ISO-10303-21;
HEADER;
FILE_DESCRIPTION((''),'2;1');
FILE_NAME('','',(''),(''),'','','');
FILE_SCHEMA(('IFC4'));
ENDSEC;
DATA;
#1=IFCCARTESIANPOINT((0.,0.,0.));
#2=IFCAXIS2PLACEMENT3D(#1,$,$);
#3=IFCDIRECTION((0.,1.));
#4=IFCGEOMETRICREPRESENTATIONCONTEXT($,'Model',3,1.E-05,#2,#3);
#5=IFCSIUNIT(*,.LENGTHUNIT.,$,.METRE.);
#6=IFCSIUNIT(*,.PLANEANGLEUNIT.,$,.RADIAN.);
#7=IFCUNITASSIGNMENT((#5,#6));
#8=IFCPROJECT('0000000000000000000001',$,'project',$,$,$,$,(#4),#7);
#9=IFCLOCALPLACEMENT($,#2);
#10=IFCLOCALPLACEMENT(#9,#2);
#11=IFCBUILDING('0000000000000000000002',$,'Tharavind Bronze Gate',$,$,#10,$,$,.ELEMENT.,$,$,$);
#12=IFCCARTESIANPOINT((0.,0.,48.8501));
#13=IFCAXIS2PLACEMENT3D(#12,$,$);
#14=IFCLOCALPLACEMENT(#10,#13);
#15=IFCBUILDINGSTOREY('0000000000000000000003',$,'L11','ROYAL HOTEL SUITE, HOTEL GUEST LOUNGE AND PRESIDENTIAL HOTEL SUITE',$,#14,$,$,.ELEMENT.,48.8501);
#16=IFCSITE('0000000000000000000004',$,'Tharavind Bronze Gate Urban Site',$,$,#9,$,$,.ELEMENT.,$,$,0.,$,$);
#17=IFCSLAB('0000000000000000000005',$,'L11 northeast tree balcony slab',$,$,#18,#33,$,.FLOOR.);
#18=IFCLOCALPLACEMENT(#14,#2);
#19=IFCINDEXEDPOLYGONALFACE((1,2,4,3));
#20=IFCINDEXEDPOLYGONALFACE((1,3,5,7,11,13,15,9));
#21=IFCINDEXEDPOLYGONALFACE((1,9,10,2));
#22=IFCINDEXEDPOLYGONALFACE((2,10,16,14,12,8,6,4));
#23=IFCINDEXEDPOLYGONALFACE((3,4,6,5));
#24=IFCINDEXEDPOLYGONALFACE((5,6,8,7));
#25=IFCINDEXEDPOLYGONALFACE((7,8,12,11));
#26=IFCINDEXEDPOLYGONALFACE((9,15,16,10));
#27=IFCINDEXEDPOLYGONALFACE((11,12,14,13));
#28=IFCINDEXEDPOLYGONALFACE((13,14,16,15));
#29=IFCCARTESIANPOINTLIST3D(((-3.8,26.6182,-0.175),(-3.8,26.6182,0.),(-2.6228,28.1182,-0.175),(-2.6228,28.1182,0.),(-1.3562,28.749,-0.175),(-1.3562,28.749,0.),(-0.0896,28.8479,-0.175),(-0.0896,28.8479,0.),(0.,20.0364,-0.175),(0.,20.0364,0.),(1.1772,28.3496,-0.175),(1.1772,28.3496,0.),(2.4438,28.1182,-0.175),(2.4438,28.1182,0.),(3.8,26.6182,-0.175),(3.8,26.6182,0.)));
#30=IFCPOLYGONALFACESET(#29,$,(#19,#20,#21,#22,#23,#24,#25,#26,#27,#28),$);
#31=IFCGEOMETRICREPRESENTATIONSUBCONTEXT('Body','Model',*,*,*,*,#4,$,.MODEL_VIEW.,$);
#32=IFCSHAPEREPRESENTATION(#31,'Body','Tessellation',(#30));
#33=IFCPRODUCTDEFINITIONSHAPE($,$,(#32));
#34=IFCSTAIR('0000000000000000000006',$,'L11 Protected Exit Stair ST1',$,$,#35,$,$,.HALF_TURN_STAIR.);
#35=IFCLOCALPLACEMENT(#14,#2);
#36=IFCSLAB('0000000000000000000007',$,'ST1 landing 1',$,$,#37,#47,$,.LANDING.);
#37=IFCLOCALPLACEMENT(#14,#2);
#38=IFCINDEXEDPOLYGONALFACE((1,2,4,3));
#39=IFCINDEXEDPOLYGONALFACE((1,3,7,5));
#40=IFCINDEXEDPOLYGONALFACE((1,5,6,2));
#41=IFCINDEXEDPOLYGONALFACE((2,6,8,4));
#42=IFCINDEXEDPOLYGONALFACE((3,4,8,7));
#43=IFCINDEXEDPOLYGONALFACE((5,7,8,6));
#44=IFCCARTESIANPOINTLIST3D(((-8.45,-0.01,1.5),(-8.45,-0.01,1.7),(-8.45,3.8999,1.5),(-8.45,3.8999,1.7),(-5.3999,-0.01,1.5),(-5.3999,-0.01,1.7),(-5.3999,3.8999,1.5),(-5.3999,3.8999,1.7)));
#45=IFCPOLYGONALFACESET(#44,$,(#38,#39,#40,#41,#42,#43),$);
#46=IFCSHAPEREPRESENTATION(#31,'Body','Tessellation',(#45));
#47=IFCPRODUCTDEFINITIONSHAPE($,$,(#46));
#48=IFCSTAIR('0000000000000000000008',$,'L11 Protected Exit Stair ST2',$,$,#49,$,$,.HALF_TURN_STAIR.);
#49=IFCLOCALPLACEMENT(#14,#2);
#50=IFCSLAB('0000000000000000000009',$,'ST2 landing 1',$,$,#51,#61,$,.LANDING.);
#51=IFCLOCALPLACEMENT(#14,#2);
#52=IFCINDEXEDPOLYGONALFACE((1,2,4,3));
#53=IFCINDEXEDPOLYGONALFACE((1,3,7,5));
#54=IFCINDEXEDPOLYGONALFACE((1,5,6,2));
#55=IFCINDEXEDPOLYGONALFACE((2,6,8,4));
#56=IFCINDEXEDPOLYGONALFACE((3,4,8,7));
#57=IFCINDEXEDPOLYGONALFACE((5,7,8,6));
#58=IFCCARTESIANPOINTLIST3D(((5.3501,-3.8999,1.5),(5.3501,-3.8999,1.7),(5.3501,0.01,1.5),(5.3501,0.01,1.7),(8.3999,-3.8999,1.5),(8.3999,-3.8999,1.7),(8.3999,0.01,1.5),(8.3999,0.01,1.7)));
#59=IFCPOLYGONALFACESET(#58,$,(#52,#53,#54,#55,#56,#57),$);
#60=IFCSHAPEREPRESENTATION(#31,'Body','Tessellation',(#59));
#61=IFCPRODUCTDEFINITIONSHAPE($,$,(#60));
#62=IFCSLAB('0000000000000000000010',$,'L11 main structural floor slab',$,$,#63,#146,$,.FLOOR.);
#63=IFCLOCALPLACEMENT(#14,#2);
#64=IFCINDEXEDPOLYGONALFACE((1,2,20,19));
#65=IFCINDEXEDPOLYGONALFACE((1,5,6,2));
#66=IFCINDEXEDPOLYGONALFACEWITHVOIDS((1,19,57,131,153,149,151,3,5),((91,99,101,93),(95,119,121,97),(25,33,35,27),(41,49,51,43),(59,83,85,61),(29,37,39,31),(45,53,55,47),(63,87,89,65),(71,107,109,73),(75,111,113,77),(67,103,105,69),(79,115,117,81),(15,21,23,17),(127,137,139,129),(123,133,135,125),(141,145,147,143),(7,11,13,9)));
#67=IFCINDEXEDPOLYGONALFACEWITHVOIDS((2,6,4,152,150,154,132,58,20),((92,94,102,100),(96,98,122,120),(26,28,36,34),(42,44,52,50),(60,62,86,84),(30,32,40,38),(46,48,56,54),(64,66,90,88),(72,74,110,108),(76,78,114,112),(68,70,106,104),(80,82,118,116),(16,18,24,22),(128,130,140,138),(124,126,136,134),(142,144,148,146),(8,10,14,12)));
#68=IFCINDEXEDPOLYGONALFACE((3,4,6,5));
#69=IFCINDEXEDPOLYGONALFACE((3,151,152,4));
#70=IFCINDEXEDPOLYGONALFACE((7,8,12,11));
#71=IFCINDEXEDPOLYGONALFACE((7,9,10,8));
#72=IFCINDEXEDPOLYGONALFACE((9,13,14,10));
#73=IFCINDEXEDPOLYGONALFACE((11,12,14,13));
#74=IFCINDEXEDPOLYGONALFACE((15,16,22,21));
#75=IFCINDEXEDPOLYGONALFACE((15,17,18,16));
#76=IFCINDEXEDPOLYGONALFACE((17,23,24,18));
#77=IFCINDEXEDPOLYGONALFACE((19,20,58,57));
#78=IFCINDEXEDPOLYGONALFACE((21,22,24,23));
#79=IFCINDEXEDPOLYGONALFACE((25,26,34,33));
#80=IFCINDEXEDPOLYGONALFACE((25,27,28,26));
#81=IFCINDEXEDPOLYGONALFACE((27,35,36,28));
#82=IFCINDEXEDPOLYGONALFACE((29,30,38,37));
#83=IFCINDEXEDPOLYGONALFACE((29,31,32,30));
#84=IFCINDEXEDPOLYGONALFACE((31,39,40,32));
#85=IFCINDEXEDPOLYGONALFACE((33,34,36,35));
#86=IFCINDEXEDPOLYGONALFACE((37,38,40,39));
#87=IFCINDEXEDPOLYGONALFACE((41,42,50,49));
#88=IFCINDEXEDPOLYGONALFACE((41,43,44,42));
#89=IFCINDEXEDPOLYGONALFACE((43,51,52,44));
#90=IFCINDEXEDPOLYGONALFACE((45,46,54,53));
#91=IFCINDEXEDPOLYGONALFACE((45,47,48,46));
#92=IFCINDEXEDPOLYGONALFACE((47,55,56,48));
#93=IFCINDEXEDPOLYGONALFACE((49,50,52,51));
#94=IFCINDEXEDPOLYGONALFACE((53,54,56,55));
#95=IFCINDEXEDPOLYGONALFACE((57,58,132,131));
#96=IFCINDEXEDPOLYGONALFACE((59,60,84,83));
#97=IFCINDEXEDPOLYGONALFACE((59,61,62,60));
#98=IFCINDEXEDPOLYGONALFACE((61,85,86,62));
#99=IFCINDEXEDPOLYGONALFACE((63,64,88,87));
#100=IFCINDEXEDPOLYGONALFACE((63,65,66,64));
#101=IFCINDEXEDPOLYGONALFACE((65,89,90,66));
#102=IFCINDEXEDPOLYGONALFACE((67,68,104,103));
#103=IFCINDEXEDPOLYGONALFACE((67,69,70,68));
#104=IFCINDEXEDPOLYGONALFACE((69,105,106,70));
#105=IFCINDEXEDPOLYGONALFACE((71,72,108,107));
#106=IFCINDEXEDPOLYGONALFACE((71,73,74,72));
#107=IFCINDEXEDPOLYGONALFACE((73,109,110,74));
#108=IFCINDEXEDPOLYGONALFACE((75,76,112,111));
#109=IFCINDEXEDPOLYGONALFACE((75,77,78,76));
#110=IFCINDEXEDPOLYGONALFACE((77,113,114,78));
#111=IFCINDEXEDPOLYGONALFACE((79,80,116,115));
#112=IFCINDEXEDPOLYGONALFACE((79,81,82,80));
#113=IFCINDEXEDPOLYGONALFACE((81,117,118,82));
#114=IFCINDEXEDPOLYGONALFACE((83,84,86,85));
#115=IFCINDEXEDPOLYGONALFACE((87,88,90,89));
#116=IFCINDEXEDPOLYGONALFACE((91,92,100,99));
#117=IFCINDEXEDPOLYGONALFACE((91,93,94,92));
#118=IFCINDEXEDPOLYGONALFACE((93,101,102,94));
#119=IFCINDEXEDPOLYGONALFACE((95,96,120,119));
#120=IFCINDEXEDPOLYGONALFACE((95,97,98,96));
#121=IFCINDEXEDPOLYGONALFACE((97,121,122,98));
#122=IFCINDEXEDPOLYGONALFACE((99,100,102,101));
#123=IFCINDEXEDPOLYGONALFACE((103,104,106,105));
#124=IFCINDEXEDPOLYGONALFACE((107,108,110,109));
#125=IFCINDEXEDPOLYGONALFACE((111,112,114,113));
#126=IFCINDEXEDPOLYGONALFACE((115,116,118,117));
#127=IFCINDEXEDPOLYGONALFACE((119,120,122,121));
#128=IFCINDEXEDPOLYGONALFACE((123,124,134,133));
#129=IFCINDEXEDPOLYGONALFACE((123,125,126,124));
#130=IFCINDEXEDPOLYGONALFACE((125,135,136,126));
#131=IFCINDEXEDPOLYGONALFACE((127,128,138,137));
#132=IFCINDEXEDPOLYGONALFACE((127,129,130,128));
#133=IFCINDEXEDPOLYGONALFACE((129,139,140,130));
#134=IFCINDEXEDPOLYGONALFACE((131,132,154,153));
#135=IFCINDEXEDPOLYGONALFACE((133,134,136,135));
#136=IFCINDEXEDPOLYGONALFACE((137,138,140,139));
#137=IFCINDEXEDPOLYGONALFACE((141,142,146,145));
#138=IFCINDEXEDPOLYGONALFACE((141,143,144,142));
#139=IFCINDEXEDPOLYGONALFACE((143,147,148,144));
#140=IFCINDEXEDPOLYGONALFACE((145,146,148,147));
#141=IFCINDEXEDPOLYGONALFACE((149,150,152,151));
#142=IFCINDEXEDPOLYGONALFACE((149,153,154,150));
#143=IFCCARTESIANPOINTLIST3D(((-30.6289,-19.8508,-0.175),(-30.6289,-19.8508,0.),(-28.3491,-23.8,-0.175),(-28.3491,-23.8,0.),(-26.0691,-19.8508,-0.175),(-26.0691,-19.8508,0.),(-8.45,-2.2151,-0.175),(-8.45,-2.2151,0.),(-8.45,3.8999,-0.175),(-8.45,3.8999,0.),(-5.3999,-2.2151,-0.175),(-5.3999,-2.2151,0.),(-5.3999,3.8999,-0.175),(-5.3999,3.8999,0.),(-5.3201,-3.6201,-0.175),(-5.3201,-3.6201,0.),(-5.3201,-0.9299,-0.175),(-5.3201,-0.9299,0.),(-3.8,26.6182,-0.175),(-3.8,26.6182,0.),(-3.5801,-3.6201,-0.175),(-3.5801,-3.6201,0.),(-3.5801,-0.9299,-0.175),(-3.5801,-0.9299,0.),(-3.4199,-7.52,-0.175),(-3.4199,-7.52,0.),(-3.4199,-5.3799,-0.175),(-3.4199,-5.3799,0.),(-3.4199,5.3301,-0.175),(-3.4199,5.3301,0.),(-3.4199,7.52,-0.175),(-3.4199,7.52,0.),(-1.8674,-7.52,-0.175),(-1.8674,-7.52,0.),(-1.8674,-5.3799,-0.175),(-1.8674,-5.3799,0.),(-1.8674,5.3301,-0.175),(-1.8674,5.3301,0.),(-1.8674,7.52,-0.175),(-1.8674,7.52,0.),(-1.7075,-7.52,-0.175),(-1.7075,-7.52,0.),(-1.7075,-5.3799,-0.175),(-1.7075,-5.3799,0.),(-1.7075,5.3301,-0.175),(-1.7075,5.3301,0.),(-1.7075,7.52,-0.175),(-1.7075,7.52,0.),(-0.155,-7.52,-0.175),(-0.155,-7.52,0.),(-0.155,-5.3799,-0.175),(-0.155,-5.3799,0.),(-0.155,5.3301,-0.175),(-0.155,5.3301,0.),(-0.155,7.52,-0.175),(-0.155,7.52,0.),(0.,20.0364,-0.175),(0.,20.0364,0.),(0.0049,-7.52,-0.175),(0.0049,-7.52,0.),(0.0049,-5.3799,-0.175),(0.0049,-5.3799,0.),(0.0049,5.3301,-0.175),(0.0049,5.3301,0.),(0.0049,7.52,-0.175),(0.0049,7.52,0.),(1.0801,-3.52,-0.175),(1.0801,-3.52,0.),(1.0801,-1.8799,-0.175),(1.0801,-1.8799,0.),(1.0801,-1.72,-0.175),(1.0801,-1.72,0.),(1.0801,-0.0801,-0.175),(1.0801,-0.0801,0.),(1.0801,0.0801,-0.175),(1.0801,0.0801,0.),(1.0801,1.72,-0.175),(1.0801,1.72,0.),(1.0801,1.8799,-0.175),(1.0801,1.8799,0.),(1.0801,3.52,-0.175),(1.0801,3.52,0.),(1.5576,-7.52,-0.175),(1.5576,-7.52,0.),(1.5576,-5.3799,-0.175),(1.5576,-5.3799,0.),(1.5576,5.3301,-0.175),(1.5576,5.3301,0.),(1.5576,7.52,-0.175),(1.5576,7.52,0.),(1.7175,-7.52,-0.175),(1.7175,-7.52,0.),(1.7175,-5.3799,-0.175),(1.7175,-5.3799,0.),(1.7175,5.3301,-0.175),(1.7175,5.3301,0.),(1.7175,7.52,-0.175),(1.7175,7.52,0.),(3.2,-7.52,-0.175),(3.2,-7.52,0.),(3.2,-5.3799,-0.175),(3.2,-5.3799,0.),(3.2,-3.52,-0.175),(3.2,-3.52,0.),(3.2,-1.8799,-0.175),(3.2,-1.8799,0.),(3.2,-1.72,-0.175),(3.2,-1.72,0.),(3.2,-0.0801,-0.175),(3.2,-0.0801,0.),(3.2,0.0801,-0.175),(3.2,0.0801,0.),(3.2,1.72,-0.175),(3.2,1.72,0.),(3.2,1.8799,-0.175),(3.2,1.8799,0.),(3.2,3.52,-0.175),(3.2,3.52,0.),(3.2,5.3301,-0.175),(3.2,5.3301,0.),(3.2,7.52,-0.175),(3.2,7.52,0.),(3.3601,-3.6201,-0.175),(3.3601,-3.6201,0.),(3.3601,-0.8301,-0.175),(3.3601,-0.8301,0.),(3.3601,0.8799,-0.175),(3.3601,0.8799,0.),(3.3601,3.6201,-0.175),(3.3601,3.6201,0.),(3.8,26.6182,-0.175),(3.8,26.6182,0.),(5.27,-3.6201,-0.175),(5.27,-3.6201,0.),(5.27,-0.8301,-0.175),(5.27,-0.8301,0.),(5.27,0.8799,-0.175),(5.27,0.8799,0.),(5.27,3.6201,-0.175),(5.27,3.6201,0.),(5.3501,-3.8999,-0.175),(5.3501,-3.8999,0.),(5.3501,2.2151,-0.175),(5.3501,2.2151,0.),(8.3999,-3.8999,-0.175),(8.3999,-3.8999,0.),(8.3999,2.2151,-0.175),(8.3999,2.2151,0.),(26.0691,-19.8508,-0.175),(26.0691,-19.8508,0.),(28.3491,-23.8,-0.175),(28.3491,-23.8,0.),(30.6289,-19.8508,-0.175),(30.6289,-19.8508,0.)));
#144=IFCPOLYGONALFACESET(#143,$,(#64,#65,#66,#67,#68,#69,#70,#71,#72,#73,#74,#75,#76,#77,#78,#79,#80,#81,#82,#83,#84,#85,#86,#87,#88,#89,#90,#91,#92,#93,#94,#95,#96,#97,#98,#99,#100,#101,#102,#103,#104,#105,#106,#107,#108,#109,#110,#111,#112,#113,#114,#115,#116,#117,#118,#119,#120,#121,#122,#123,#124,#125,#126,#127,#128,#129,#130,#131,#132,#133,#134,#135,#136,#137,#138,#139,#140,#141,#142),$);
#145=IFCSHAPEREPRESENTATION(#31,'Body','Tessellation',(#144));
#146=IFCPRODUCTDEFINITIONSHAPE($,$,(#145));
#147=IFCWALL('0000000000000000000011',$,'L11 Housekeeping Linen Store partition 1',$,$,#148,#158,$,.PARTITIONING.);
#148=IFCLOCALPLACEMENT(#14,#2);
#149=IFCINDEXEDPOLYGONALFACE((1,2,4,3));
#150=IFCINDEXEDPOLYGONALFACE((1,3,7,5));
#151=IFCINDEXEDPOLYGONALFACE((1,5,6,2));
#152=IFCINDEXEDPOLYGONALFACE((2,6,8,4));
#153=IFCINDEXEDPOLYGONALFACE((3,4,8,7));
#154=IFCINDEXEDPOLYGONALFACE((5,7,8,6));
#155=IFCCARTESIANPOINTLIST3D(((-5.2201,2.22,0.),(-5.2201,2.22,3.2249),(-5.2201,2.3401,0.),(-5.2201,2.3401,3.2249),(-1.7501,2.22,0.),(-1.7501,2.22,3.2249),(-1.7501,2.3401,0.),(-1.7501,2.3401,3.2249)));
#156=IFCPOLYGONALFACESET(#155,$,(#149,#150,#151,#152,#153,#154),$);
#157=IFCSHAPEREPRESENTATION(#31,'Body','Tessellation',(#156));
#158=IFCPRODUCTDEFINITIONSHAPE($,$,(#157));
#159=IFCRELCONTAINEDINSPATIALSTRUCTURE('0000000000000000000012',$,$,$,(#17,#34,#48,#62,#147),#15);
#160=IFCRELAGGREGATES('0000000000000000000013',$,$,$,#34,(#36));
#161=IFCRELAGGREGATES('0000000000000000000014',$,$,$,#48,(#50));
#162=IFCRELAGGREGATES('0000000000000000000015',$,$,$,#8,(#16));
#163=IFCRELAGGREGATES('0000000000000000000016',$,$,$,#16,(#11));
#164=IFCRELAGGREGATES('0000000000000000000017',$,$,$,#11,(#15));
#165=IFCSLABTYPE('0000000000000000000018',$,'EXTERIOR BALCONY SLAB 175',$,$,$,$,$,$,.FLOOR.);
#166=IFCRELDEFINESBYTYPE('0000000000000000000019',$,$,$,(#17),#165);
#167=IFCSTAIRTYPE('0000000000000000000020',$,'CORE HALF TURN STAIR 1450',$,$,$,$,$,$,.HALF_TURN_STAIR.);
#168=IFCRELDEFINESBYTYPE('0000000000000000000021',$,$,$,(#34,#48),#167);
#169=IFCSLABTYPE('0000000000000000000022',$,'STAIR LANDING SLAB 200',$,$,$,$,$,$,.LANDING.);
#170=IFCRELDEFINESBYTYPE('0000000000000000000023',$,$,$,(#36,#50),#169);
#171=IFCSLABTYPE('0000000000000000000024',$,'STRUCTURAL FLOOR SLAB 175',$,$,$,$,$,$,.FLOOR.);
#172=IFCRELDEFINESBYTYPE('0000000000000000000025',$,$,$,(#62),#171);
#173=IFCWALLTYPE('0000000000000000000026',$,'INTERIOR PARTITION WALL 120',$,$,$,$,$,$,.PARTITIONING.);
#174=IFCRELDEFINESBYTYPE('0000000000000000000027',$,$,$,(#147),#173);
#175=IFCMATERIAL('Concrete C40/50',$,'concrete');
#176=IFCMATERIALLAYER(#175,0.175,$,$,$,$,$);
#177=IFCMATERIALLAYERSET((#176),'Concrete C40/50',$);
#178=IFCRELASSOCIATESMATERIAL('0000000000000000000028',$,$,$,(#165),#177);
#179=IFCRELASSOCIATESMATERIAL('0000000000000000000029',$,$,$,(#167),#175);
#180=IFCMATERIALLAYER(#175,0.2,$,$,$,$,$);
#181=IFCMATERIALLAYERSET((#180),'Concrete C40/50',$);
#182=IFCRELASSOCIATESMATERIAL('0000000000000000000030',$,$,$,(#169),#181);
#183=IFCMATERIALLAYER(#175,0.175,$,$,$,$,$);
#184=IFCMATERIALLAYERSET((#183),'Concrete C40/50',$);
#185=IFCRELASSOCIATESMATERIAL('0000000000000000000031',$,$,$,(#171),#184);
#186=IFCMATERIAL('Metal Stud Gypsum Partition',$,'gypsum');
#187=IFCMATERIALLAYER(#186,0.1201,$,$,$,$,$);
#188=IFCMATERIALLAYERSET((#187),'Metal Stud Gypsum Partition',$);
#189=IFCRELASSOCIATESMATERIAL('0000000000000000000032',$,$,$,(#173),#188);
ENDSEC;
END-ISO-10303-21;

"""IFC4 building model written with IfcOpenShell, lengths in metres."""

from ifc_helpers import new_model, si_unit, direction, frame, frame_2d, origin, place, context, subcontext, project, spatial, polyline, rectangle, outline, extrude, material, layer, layer_set, type_object, element, aggregate, save


model = new_model("IFC4")

# Units and contexts
model_context = context("Model", 3, precision=1e-05, world=origin(), true_north=direction((0.0, 1.0)))
body_context = subcontext(model_context, "Body", "Model", "MODEL_VIEW")
ifc_project = project(units=[si_unit("LENGTHUNIT", "METRE"), si_unit("PLANEANGLEUNIT", "RADIAN")], contexts=[model_context])

# Site, building, storey
site_placement = place(None, origin())
site = spatial("IfcSite", under=ifc_project, at=site_placement, Name="Tharavind Bronze Gate Urban Site", CompositionType="ELEMENT", RefElevation=0.0)
building_placement = place(site_placement, origin())
building = spatial("IfcBuilding", under=site, at=building_placement, Name="Tharavind Bronze Gate", CompositionType="ELEMENT")
storey_placement = place(building_placement, frame((0.0, 0.0, 48.8501)))
storey = spatial("IfcBuildingStorey", under=building, at=storey_placement, Name="L11", Description="ROYAL HOTEL SUITE, HOTEL GUEST LOUNGE AND PRESIDENTIAL HOTEL SUITE", CompositionType="ELEMENT", Elevation=48.8501)

# Slab
ifc_material_1 = material(Name="Concrete C40/50", Category="concrete")
ifc_layer_1 = layer(ifc_material_1, 0.175)
ifc_layer_set_1 = layer_set([ifc_layer_1], Name="Concrete C40/50")
slab_type_1 = type_object("IfcSlabType", Name="EXTERIOR BALCONY SLAB 175", PredefinedType="FLOOR", material=ifc_layer_set_1)
slab_1_placement = place(storey_placement, frame((0.0, 0.0, -0.175)))
element("IfcSlab", 1, at=slab_1_placement, inside=storey, type_object=slab_type_1, Name="L11 northeast tree balcony slab", PredefinedType="FLOOR", context=body_context, shape_type="SweptSolid", body=[
    extrude(outline(polyline([(2.4438, 28.1182), (1.1772, 28.3496), (-0.0896, 28.8479), (-1.3562, 28.749), (-2.6228, 28.1182), (-3.8, 26.6182), (0.0, 20.0364), (3.8, 26.6182), (2.4438, 28.1182)])), origin(), (0.0, 0.0, 1.0), 0.175),
])

# Stairs, slabs
stair_type = type_object("IfcStairType", Name="CORE HALF TURN STAIR 1450", PredefinedType="HALF_TURN_STAIR", material=ifc_material_1)
stair_1_placement = place(storey_placement, origin())
stair_1 = element("IfcStair", 2, at=stair_1_placement, inside=storey, type_object=stair_type, Name="L11 Protected Exit Stair ST1", PredefinedType="HALF_TURN_STAIR")
ifc_layer_2 = layer(ifc_material_1, 0.2)
ifc_layer_set_2 = layer_set([ifc_layer_2], Name="Concrete C40/50")
slab_type_2 = type_object("IfcSlabType", Name="STAIR LANDING SLAB 200", PredefinedType="LANDING", material=ifc_layer_set_2)
slab_2_placement = place(storey_placement, frame((0.0, 0.0, 1.5)))
slab_2 = element("IfcSlab", 3, at=slab_2_placement, type_object=slab_type_2, Name="ST1 landing 1", PredefinedType="LANDING", context=body_context, shape_type="SweptSolid", body=[
    extrude(outline(polyline([(-5.3999, -0.01), (-5.3999, 3.8999), (-8.45, 3.8999), (-8.45, -0.01), (-5.3999, -0.01)])), origin(), (0.0, 0.0, 1.0), 0.2),
])
aggregate(stair_1, [slab_2])
stair_2_placement = place(storey_placement, origin())
stair_2 = element("IfcStair", 4, at=stair_2_placement, inside=storey, type_object=stair_type, Name="L11 Protected Exit Stair ST2", PredefinedType="HALF_TURN_STAIR")
slab_3_placement = place(storey_placement, frame((0.0, 0.0, 1.5)))
slab_3 = element("IfcSlab", 5, at=slab_3_placement, type_object=slab_type_2, Name="ST2 landing 1", PredefinedType="LANDING", context=body_context, shape_type="SweptSolid", body=[
    extrude(outline(polyline([(5.3501, 0.01), (5.3501, -3.8999), (8.3999, -3.8999), (8.3999, 0.01), (5.3501, 0.01)])), origin(), (0.0, 0.0, 1.0), 0.2),
])
aggregate(stair_2, [slab_3])

# Slab
ifc_layer_3 = layer(ifc_material_1, 0.175)
ifc_layer_set_3 = layer_set([ifc_layer_3], Name="Concrete C40/50")
slab_type_3 = type_object("IfcSlabType", Name="STRUCTURAL FLOOR SLAB 175", PredefinedType="FLOOR", material=ifc_layer_set_3)
slab_4_placement = place(storey_placement, frame((0.0, 0.0, -0.175)))
element("IfcSlab", 6, at=slab_4_placement, inside=storey, type_object=slab_type_3, Name="L11 main structural floor slab", PredefinedType="FLOOR", context=body_context, shape_type="SweptSolid", body=[
    extrude(outline(polyline([(3.8, 26.6182), (0.0, 20.0364), (-3.8, 26.6182), (-30.6289, -19.8508), (-26.0691, -19.8508), (-28.3491, -23.8), (28.3491, -23.8), (26.0691, -19.8508), (30.6289, -19.8508), (3.8, 26.6182)]), holes=[polyline([(-5.3999, -2.2151), (-5.3999, 3.8999), (-8.45, 3.8999), (-8.45, -2.2151), (-5.3999, -2.2151)]), polyline([(5.3501, 2.2151), (5.3501, -3.8999), (8.3999, -3.8999), (8.3999, 2.2151), (5.3501, 2.2151)]), polyline([(-3.4199, -7.52), (-1.8674, -7.52), (-1.8674, -5.3799), (-3.4199, -5.3799), (-3.4199, -7.52)]), polyline([(-1.7075, -7.52), (-0.155, -7.52), (-0.155, -5.3799), (-1.7075, -5.3799), (-1.7075, -7.52)]), polyline([(0.0049, -7.52), (1.5576, -7.52), (1.5576, -5.3799), (0.0049, -5.3799), (0.0049, -7.52)]), polyline([(1.7175, -7.52), (3.2, -7.52), (3.2, -5.3799), (1.7175, -5.3799), (1.7175, -7.52)]), polyline([(-3.4199, 5.3301), (-1.8674, 5.3301), (-1.8674, 7.52), (-3.4199, 7.52), (-3.4199, 5.3301)]), polyline([(-1.7075, 5.3301), (-0.155, 5.3301), (-0.155, 7.52), (-1.7075, 7.52), (-1.7075, 5.3301)]), polyline([(0.0049, 5.3301), (1.5576, 5.3301), (1.5576, 7.52), (0.0049, 7.52), (0.0049, 5.3301)]), polyline([(1.7175, 5.3301), (3.2, 5.3301), (3.2, 7.52), (1.7175, 7.52), (1.7175, 5.3301)]), polyline([(1.0801, -3.52), (3.2, -3.52), (3.2, -1.8799), (1.0801, -1.8799), (1.0801, -3.52)]), polyline([(1.0801, -1.72), (3.2, -1.72), (3.2, -0.0801), (1.0801, -0.0801), (1.0801, -1.72)]), polyline([(1.0801, 0.0801), (3.2, 0.0801), (3.2, 1.72), (1.0801, 1.72), (1.0801, 0.0801)]), polyline([(1.0801, 1.8799), (3.2, 1.8799), (3.2, 3.52), (1.0801, 3.52), (1.0801, 1.8799)]), polyline([(-5.3201, -3.6201), (-3.5801, -3.6201), (-3.5801, -0.9299), (-5.3201, -0.9299), (-5.3201, -3.6201)]), polyline([(3.3601, 0.8799), (5.27, 0.8799), (5.27, 3.6201), (3.3601, 3.6201), (3.3601, 0.8799)]), polyline([(3.3601, -3.6201), (5.27, -3.6201), (5.27, -0.8301), (3.3601, -0.8301), (3.3601, -3.6201)])]), origin(), (0.0, 0.0, 1.0), 0.175),
])

# Wall
ifc_material_2 = material(Name="Metal Stud Gypsum Partition", Category="gypsum")
ifc_layer_4 = layer(ifc_material_2, 0.1201)
ifc_layer_set_4 = layer_set([ifc_layer_4], Name="Metal Stud Gypsum Partition")
wall_type_1 = type_object("IfcWallType", Name="INTERIOR PARTITION WALL 120", PredefinedType="PARTITIONING", material=ifc_layer_set_4)
wall_1_placement = place(storey_placement, frame((-5.22, 2.28, 0.0), z_axis=(0.0, 0.0, 1.0), x_axis=(1.0, 0.0, 0.0)))
element("IfcWall", 7, at=wall_1_placement, inside=storey, type_object=wall_type_1, Name="L11 Housekeeping Linen Store partition 1", PredefinedType="PARTITIONING", context=body_context, shape_type="SweptSolid", body=[
    extrude(rectangle(XDim=3.47, YDim=0.1201, at=frame_2d((1.7349, 0.0))), origin(), (0.0, 0.0, 1.0), 3.2249),
])

save(model, "model.ifc")
